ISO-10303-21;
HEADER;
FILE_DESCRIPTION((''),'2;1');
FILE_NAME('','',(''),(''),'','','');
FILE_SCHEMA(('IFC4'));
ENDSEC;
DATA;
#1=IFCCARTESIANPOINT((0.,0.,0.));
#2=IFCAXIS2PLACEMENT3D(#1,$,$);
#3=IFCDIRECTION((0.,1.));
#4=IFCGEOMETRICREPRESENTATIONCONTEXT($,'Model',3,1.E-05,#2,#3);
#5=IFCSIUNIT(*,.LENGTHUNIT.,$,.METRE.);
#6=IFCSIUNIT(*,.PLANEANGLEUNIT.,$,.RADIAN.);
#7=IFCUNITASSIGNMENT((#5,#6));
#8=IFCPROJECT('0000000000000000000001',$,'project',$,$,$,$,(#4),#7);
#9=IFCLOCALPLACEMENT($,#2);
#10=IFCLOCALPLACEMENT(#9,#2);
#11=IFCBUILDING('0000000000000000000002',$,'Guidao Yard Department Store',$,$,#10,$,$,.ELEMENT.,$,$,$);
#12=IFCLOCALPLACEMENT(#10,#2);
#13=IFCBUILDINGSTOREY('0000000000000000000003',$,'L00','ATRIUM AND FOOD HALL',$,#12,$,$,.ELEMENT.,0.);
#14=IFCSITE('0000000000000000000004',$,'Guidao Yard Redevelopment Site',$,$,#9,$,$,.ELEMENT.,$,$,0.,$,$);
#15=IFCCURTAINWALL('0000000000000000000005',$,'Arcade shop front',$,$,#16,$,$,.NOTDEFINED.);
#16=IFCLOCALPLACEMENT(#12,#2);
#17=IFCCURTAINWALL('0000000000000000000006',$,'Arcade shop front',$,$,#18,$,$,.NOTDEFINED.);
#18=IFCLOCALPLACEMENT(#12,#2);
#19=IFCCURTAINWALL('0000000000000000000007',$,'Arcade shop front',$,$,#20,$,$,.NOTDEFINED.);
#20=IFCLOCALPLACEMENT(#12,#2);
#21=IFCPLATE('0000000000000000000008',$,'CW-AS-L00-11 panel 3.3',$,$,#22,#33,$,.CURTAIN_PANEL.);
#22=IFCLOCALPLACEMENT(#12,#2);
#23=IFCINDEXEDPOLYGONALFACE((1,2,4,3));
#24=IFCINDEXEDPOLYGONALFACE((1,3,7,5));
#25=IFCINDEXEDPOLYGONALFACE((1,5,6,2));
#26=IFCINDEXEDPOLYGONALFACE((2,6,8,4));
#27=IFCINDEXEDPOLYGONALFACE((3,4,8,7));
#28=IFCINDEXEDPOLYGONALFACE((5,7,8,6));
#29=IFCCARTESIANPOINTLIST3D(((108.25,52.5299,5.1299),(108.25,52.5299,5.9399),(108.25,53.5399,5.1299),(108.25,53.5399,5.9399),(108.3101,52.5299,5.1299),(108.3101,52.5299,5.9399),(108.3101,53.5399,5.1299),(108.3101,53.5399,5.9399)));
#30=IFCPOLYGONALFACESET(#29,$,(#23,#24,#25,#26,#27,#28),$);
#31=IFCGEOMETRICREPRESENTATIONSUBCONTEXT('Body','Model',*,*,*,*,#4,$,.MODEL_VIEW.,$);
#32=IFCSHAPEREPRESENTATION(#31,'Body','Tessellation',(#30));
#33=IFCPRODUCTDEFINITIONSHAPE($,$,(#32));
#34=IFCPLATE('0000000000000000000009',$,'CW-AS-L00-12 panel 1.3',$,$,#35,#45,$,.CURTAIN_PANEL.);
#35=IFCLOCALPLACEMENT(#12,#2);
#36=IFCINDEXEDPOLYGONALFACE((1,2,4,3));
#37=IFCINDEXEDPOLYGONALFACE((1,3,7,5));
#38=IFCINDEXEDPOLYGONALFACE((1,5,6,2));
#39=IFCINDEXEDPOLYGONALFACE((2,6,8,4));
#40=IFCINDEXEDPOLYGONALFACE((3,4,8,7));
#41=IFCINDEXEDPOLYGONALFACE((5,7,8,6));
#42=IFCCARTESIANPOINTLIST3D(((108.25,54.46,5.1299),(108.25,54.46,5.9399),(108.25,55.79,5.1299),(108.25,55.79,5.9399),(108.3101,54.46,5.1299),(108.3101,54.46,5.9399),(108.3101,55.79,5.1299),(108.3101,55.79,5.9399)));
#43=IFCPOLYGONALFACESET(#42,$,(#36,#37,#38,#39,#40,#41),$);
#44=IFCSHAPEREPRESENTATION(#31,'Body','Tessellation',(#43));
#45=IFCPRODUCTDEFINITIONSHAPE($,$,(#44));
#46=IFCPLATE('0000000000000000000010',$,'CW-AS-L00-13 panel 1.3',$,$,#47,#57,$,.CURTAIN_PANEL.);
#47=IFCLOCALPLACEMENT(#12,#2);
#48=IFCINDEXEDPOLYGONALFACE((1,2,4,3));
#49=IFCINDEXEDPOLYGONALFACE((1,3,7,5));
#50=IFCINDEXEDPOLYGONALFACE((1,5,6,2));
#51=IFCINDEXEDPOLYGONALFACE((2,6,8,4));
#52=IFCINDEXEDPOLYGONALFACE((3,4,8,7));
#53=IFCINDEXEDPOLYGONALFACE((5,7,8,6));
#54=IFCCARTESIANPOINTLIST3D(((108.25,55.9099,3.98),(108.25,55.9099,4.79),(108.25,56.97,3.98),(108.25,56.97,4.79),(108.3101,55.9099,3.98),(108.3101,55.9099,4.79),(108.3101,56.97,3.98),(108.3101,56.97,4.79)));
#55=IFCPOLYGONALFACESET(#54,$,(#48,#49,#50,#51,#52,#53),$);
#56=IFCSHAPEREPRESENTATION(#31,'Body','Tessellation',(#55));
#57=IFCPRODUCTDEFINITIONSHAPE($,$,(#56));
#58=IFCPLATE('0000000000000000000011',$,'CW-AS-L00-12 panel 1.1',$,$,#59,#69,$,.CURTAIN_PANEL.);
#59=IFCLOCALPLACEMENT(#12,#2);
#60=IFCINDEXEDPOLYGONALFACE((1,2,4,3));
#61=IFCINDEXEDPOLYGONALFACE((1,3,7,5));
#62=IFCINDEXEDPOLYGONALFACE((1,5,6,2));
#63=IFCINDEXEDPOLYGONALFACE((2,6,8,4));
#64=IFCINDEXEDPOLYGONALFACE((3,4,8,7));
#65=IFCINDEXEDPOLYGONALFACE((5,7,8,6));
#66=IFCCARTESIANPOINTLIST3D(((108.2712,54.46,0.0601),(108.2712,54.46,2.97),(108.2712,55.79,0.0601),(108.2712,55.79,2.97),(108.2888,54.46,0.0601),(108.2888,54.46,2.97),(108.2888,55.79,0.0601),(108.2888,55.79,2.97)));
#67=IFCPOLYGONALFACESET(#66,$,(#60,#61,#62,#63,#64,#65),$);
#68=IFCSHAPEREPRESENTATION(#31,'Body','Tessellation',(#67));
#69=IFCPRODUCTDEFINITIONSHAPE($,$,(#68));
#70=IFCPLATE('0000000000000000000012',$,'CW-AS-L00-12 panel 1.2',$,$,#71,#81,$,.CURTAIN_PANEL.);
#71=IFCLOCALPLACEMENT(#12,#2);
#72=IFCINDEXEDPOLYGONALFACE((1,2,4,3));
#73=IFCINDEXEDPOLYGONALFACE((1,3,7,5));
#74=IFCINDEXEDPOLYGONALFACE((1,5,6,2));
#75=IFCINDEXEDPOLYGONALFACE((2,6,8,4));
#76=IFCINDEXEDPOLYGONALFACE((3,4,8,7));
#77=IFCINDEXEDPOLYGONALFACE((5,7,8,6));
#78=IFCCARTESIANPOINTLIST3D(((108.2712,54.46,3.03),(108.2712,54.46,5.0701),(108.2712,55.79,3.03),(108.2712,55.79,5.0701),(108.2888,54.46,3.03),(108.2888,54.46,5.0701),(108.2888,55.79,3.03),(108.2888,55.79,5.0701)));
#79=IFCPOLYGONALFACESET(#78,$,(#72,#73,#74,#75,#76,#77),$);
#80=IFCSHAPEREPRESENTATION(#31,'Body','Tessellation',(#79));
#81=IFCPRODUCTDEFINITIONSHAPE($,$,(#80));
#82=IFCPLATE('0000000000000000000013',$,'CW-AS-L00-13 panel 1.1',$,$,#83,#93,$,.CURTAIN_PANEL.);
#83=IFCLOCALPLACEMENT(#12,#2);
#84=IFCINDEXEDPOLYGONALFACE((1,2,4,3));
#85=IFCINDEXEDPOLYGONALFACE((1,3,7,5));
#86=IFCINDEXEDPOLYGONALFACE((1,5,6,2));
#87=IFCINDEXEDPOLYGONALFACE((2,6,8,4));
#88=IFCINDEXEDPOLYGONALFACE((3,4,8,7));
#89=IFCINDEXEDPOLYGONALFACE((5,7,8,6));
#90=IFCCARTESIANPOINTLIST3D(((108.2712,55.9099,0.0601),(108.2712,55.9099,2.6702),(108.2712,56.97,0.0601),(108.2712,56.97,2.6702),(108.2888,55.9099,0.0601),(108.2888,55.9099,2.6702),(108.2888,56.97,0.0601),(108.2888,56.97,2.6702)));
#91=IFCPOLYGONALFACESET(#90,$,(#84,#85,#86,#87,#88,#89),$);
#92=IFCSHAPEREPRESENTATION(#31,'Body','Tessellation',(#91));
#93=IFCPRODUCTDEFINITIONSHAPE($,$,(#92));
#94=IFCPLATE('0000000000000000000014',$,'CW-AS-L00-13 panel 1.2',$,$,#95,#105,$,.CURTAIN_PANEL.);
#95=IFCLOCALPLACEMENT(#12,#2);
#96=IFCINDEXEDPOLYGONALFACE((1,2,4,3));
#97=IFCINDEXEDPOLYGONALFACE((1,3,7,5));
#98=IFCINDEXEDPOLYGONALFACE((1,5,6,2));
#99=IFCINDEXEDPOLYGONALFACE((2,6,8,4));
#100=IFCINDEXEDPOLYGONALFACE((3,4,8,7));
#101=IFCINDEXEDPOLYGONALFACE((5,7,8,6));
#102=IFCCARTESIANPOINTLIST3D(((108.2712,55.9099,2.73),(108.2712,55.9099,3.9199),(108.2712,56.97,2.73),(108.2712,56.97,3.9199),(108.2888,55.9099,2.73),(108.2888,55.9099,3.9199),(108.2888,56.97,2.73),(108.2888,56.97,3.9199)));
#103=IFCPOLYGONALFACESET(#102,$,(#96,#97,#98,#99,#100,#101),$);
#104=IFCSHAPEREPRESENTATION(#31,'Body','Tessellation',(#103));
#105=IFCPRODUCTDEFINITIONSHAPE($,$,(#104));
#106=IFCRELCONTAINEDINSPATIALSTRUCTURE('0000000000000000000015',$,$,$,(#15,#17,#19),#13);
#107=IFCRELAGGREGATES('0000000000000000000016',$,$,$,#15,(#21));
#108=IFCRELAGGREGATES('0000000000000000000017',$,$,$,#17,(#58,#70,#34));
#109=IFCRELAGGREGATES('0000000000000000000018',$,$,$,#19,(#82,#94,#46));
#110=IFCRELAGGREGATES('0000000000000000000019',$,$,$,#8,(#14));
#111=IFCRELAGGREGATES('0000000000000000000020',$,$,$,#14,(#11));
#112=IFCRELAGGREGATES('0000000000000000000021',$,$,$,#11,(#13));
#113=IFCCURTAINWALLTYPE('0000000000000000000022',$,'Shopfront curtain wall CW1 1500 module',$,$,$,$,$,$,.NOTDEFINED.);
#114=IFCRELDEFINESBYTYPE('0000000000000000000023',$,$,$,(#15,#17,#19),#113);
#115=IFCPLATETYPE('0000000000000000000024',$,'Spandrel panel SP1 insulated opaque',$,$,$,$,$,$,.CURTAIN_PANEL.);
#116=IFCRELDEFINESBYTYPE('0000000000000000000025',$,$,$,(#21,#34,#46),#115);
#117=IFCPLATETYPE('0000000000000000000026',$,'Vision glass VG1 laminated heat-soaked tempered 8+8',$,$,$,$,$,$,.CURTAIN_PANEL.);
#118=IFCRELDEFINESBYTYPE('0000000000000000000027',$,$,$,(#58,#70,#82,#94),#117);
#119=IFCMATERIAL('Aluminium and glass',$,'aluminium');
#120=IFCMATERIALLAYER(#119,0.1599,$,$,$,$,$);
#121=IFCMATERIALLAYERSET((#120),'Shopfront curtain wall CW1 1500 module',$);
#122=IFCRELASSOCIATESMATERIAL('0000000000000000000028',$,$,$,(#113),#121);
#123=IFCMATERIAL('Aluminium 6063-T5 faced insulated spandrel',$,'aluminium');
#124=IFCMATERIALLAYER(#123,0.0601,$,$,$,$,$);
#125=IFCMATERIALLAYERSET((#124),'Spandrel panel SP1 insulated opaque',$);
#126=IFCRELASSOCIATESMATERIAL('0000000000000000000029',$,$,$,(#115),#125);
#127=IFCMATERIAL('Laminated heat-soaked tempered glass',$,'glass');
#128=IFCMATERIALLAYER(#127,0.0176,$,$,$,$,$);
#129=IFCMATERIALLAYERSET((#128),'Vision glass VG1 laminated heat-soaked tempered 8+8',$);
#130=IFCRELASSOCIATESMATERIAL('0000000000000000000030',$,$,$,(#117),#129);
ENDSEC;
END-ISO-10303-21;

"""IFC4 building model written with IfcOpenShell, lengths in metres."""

from ifc_helpers import new_model, si_unit, direction, frame, origin, origin_2d, place, context, subcontext, project, spatial, rectangle, extrude, material, layer, layer_set, type_object, element, aggregate, save


model = new_model("IFC4")

# Units and contexts
model_context = context("Model", 3, precision=1e-05, world=origin(), true_north=direction((0.0, 1.0)))
body_context = subcontext(model_context, "Body", "Model", "MODEL_VIEW")
ifc_project = project(units=[si_unit("LENGTHUNIT", "METRE"), si_unit("PLANEANGLEUNIT", "RADIAN")], contexts=[model_context])

# Site, building, storey
site_placement = place(None, origin())
site = spatial("IfcSite", under=ifc_project, at=site_placement, Name="Guidao Yard Redevelopment Site", CompositionType="ELEMENT", RefElevation=0.0)
building_placement = place(site_placement, origin())
building = spatial("IfcBuilding", under=site, at=building_placement, Name="Guidao Yard Department Store", CompositionType="ELEMENT")
storey_placement = place(building_placement, origin())
storey = spatial("IfcBuildingStorey", under=building, at=storey_placement, Name="L00", Description="ATRIUM AND FOOD HALL", CompositionType="ELEMENT", Elevation=0.0)

# Curtain wall
ifc_material_1 = material(Name="Aluminium and glass", Category="aluminium")
ifc_layer_1 = layer(ifc_material_1, 0.1599)
ifc_layer_set_1 = layer_set([ifc_layer_1], Name="Shopfront curtain wall CW1 1500 module")
curtain_wall_type = type_object("IfcCurtainWallType", Name="Shopfront curtain wall CW1 1500 module", PredefinedType="NOTDEFINED", material=ifc_layer_set_1)
curtain_wall_1_placement = place(storey_placement, origin())
curtain_wall_1 = element("IfcCurtainWall", 1, at=curtain_wall_1_placement, inside=storey, type_object=curtain_wall_type, Name="Arcade shop front", PredefinedType="NOTDEFINED")

# Curtain wall
curtain_wall_2_placement = place(storey_placement, origin())
curtain_wall_2 = element("IfcCurtainWall", 2, at=curtain_wall_2_placement, inside=storey, type_object=curtain_wall_type, Name="Arcade shop front", PredefinedType="NOTDEFINED")

# Curtain wall
curtain_wall_3_placement = place(storey_placement, origin())
curtain_wall_3 = element("IfcCurtainWall", 3, at=curtain_wall_3_placement, inside=storey, type_object=curtain_wall_type, Name="Arcade shop front", PredefinedType="NOTDEFINED")

# Plates
ifc_material_2 = material(Name="Aluminium 6063-T5 faced insulated spandrel", Category="aluminium")
ifc_layer_2 = layer(ifc_material_2, 0.0601)
ifc_layer_set_2 = layer_set([ifc_layer_2], Name="Spandrel panel SP1 insulated opaque")
plate_type_1 = type_object("IfcPlateType", Name="Spandrel panel SP1 insulated opaque", PredefinedType="CURTAIN_PANEL", material=ifc_layer_set_2)
plate_1_placement = place(storey_placement, frame((108.28, 53.0349, 5.1299), z_axis=(0.0, 0.0, 1.0), x_axis=(0.0, -1.0, 0.0)))
plate_1 = element("IfcPlate", 4, at=plate_1_placement, type_object=plate_type_1, Name="CW-AS-L00-11 panel 3.3", PredefinedType="CURTAIN_PANEL", context=body_context, shape_type="SweptSolid", body=[
    extrude(rectangle(XDim=1.01, YDim=0.0601, at=origin_2d()), origin(), (0.0, 0.0, 1.0), 0.8101),
])
aggregate(curtain_wall_1, [plate_1])
plate_2_placement = place(storey_placement, frame((108.28, 55.125, 5.1299), z_axis=(0.0, 0.0, 1.0), x_axis=(0.0, -1.0, 0.0)))
plate_2 = element("IfcPlate", 5, at=plate_2_placement, type_object=plate_type_1, Name="CW-AS-L00-12 panel 1.3", PredefinedType="CURTAIN_PANEL", context=body_context, shape_type="SweptSolid", body=[
    extrude(rectangle(XDim=1.3301, YDim=0.0601, at=origin_2d()), origin(), (0.0, 0.0, 1.0), 0.8101),
])
plate_3_placement = place(storey_placement, frame((108.28, 56.4399, 3.98), z_axis=(0.0, 0.0, 1.0), x_axis=(0.0, -1.0, 0.0)))
plate_3 = element("IfcPlate", 6, at=plate_3_placement, type_object=plate_type_1, Name="CW-AS-L00-13 panel 1.3", PredefinedType="CURTAIN_PANEL", context=body_context, shape_type="SweptSolid", body=[
    extrude(rectangle(XDim=1.0601, YDim=0.0601, at=origin_2d()), origin(), (0.0, 0.0, 1.0), 0.8101),
])
ifc_material_3 = material(Name="Laminated heat-soaked tempered glass", Category="glass")
ifc_layer_3 = layer(ifc_material_3, 0.0176)
ifc_layer_set_3 = layer_set([ifc_layer_3], Name="Vision glass VG1 laminated heat-soaked tempered 8+8")
plate_type_2 = type_object("IfcPlateType", Name="Vision glass VG1 laminated heat-soaked tempered 8+8", PredefinedType="CURTAIN_PANEL", material=ifc_layer_set_3)
plate_4_placement = place(storey_placement, frame((108.28, 55.125, 0.0601), z_axis=(0.0, 0.0, 1.0), x_axis=(0.0, -1.0, 0.0)))
plate_4 = element("IfcPlate", 7, at=plate_4_placement, type_object=plate_type_2, Name="CW-AS-L00-12 panel 1.1", PredefinedType="CURTAIN_PANEL", context=body_context, shape_type="SweptSolid", body=[
    extrude(rectangle(XDim=1.3301, YDim=0.0176, at=origin_2d()), origin(), (0.0, 0.0, 1.0), 2.9099),
])
plate_5_placement = place(storey_placement, frame((108.28, 55.125, 3.03), z_axis=(0.0, 0.0, 1.0), x_axis=(0.0, -1.0, 0.0)))
plate_5 = element("IfcPlate", 8, at=plate_5_placement, type_object=plate_type_2, Name="CW-AS-L00-12 panel 1.2", PredefinedType="CURTAIN_PANEL", context=body_context, shape_type="SweptSolid", body=[
    extrude(rectangle(XDim=1.3301, YDim=0.0176, at=origin_2d()), origin(), (0.0, 0.0, 1.0), 2.04),
])
aggregate(curtain_wall_2, [plate_4, plate_5, plate_2])
plate_6_placement = place(storey_placement, frame((108.28, 56.4399, 0.0601), z_axis=(0.0, 0.0, 1.0), x_axis=(0.0, -1.0, 0.0)))
plate_6 = element("IfcPlate", 9, at=plate_6_placement, type_object=plate_type_2, Name="CW-AS-L00-13 panel 1.1", PredefinedType="CURTAIN_PANEL", context=body_context, shape_type="SweptSolid", body=[
    extrude(rectangle(XDim=1.0601, YDim=0.0176, at=origin_2d()), origin(), (0.0, 0.0, 1.0), 2.6101),
])
plate_7_placement = place(storey_placement, frame((108.28, 56.4399, 2.73), z_axis=(0.0, 0.0, 1.0), x_axis=(0.0, -1.0, 0.0)))
plate_7 = element("IfcPlate", 10, at=plate_7_placement, type_object=plate_type_2, Name="CW-AS-L00-13 panel 1.2", PredefinedType="CURTAIN_PANEL", context=body_context, shape_type="SweptSolid", body=[
    extrude(rectangle(XDim=1.0601, YDim=0.0176, at=origin_2d()), origin(), (0.0, 0.0, 1.0), 1.1899),
])
aggregate(curtain_wall_3, [plate_6, plate_7, plate_3])

save(model, "model.ifc")
